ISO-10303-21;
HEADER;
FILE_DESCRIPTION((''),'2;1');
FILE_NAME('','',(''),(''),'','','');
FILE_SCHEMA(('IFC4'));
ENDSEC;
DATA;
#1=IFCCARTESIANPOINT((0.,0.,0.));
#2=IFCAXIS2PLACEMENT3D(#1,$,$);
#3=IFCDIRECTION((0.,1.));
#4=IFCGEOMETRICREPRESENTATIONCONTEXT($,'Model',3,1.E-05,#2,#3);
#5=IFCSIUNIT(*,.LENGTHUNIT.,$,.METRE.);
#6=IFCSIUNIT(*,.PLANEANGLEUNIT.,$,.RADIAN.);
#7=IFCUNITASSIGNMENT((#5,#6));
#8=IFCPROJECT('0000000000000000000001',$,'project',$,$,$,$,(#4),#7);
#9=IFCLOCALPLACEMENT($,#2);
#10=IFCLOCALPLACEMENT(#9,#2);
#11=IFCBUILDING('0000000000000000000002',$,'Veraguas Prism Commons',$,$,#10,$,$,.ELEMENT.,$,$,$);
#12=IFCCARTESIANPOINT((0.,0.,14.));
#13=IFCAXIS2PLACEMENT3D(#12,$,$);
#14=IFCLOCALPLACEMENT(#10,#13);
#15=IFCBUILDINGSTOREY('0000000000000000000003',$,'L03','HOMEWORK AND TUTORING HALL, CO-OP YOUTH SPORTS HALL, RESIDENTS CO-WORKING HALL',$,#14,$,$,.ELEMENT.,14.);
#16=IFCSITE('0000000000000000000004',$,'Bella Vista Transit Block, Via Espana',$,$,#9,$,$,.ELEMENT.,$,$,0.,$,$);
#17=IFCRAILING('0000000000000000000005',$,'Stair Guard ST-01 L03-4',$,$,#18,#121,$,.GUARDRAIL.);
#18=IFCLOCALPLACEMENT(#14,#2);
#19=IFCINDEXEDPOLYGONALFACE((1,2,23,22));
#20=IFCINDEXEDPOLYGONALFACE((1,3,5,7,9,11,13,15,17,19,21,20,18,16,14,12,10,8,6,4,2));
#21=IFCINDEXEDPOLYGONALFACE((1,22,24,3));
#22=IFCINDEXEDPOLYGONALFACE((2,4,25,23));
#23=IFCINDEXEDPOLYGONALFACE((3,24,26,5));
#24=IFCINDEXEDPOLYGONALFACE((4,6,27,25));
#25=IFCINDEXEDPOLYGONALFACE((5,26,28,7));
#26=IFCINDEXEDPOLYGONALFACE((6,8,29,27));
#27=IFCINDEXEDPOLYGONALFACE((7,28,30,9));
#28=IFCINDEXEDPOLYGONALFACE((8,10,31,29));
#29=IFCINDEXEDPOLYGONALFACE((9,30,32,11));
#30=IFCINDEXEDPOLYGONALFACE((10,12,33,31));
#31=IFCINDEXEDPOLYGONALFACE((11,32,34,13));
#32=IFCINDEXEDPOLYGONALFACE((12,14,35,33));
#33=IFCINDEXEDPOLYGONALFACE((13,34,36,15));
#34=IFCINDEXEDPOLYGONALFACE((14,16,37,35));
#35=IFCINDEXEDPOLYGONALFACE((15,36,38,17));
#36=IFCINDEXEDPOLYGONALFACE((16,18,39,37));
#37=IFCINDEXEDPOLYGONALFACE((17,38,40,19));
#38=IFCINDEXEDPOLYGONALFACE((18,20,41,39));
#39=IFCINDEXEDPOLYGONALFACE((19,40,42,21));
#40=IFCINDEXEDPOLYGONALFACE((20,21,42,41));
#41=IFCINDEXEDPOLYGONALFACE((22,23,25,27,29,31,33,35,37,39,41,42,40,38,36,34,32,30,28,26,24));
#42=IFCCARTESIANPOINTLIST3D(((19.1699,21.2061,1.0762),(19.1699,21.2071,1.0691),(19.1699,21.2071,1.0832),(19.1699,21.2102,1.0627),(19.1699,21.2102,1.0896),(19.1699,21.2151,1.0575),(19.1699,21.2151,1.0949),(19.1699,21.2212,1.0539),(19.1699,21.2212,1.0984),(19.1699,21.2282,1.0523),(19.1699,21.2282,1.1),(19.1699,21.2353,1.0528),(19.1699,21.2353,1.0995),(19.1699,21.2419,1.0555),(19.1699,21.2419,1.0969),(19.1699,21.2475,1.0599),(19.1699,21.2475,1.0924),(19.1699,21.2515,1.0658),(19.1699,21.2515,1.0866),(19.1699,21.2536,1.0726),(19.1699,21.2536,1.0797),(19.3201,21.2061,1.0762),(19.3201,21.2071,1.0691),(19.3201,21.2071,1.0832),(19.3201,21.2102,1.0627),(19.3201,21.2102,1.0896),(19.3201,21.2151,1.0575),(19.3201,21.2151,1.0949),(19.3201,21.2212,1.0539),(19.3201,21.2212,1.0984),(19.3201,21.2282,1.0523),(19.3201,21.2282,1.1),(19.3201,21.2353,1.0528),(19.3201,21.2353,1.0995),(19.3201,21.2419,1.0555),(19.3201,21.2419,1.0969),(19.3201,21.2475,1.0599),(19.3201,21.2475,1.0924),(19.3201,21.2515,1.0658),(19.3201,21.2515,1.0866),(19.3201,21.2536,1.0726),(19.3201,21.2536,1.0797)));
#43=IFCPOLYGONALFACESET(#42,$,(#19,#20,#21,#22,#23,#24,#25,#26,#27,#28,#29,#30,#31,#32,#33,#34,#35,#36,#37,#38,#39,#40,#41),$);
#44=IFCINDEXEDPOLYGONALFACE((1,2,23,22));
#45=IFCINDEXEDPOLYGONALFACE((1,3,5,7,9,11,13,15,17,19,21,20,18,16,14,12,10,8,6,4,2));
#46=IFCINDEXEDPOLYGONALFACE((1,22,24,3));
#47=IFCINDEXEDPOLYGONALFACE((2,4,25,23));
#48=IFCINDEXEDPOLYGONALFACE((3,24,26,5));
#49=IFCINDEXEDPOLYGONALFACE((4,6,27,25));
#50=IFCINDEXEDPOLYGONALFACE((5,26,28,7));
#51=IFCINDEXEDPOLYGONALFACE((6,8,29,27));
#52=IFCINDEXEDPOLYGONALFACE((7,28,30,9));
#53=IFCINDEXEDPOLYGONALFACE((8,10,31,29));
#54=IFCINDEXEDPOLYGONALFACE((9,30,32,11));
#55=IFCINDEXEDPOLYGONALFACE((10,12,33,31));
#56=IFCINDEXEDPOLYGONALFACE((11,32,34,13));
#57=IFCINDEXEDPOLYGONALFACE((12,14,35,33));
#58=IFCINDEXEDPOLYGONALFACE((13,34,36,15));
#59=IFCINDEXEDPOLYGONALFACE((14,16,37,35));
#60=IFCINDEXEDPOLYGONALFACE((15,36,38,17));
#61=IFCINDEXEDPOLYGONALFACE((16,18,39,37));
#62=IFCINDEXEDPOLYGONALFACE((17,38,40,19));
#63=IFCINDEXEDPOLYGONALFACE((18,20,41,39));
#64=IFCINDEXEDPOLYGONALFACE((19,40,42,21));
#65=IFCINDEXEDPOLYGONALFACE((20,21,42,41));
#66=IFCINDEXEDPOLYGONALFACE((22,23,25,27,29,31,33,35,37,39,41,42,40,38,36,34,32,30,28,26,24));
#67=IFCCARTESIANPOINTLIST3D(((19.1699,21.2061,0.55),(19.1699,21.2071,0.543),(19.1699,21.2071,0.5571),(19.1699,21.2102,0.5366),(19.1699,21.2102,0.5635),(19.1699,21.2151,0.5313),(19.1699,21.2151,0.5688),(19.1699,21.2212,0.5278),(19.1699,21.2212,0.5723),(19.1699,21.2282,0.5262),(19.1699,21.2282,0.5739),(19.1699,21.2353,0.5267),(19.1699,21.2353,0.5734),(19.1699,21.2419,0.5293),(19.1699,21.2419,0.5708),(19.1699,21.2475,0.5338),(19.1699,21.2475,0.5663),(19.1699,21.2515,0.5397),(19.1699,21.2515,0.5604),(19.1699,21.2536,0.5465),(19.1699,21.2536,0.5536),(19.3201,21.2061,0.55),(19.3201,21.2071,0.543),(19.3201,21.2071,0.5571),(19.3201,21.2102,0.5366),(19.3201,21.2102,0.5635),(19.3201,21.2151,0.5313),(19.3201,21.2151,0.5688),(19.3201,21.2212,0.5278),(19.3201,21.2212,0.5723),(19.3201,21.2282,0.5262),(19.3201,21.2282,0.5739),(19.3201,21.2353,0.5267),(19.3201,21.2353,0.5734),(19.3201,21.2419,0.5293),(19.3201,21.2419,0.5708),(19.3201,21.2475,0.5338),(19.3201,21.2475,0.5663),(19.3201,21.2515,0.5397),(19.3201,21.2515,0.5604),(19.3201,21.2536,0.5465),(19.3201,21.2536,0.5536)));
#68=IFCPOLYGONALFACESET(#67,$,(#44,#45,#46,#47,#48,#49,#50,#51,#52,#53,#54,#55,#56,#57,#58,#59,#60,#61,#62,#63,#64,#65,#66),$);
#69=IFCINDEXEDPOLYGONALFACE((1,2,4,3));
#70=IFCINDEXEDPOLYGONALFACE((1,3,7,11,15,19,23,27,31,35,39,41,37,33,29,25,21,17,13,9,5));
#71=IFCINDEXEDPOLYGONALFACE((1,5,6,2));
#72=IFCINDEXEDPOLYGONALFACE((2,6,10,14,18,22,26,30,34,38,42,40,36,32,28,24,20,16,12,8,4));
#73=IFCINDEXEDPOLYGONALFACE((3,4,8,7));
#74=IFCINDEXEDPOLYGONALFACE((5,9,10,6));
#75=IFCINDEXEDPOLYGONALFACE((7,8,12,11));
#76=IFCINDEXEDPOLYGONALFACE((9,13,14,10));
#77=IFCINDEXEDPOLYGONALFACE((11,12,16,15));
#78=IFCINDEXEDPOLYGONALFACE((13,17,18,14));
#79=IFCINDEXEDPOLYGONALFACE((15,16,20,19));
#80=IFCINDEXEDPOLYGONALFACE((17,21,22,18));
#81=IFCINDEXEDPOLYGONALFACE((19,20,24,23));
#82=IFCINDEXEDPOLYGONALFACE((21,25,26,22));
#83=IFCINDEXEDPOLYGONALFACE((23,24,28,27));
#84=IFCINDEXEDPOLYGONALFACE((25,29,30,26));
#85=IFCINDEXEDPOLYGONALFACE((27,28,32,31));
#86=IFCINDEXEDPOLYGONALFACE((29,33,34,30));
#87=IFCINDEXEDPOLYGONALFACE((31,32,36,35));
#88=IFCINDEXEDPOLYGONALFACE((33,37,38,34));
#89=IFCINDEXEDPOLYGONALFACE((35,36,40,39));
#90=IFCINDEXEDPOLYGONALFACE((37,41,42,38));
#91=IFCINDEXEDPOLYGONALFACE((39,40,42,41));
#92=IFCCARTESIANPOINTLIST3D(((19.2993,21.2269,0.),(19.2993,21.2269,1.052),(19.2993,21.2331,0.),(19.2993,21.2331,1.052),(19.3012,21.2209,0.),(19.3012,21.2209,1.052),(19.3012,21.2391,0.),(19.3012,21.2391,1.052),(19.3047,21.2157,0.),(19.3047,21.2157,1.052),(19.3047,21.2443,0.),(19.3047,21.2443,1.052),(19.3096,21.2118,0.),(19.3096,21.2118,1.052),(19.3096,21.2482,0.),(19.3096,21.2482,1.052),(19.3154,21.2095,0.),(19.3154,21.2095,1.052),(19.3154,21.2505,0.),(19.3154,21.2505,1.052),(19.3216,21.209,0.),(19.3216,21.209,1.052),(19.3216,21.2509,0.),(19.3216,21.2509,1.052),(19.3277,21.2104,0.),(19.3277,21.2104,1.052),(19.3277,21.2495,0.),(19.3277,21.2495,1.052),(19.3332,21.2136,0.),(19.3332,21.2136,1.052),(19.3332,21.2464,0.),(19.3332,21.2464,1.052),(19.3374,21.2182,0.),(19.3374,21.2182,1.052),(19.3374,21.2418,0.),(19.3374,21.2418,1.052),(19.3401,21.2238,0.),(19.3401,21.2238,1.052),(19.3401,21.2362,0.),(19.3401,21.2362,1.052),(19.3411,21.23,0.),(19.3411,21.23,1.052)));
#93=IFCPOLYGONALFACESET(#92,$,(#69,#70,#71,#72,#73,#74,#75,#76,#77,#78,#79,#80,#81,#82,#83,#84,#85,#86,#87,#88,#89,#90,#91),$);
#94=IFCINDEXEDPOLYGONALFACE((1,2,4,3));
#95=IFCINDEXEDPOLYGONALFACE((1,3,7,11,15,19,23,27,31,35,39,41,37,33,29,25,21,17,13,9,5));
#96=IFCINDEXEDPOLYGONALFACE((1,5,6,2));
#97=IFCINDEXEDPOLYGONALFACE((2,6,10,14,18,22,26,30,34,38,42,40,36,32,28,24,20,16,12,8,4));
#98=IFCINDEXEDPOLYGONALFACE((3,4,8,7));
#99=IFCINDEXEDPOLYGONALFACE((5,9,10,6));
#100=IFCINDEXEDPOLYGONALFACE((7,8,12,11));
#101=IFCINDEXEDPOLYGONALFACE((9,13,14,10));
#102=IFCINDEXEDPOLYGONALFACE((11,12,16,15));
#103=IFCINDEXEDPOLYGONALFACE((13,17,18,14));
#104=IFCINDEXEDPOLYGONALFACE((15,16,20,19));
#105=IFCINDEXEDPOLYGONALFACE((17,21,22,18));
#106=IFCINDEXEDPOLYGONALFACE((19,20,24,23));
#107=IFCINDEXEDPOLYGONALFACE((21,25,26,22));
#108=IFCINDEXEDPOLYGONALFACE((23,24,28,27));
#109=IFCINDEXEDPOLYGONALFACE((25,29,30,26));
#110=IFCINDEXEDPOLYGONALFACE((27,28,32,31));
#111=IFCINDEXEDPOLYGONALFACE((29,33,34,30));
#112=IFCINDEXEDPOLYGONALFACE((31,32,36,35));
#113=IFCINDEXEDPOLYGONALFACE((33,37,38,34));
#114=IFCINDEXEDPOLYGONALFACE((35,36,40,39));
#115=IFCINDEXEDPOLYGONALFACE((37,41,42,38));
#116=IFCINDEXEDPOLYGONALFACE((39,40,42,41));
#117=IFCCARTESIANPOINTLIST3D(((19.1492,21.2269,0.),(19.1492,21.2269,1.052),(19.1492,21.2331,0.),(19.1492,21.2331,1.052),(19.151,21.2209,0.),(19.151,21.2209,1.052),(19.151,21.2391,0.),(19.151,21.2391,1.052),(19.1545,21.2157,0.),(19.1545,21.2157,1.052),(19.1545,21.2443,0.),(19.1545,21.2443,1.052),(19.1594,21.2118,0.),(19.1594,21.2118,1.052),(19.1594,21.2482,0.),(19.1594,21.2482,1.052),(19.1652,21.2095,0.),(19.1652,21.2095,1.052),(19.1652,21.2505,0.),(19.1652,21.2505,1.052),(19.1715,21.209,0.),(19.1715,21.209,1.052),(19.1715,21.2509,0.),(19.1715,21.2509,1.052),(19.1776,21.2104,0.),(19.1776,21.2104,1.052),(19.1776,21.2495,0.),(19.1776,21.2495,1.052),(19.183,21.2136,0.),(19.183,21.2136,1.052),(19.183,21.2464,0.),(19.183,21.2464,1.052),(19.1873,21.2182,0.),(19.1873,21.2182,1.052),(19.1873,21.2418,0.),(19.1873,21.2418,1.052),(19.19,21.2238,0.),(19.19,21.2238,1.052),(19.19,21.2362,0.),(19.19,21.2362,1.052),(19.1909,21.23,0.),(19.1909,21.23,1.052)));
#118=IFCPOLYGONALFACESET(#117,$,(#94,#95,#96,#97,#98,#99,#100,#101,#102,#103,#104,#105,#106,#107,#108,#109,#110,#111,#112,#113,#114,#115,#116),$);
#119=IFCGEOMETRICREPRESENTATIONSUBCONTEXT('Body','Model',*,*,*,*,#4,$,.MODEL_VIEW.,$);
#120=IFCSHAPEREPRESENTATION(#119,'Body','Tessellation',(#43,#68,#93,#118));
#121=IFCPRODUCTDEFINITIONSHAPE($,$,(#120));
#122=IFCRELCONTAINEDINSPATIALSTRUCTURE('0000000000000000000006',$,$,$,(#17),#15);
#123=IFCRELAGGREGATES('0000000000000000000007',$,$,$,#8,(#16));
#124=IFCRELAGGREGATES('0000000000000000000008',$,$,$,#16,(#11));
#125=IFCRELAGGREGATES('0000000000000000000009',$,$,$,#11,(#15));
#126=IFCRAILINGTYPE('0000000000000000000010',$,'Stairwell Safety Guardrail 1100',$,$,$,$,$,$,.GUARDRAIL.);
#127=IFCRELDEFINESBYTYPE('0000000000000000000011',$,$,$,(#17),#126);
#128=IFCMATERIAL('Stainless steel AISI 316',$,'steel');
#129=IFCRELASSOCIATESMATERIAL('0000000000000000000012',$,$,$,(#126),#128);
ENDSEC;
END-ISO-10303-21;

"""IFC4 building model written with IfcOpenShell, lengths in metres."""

from ifc_helpers import new_model, si_unit, direction, frame, origin, origin_2d, place, context, subcontext, project, spatial, circle, extrude, material, type_object, element, save


model = new_model("IFC4")

# Units and contexts
model_context = context("Model", 3, precision=1e-05, world=origin(), true_north=direction((0.0, 1.0)))
body_context = subcontext(model_context, "Body", "Model", "MODEL_VIEW")
ifc_project = project(units=[si_unit("LENGTHUNIT", "METRE"), si_unit("PLANEANGLEUNIT", "RADIAN")], contexts=[model_context])

# Site, building, storey
site_placement = place(None, origin())
site = spatial("IfcSite", under=ifc_project, at=site_placement, Name="Bella Vista Transit Block, Via Espana", CompositionType="ELEMENT", RefElevation=0.0)
building_placement = place(site_placement, origin())
building = spatial("IfcBuilding", under=site, at=building_placement, Name="Veraguas Prism Commons", CompositionType="ELEMENT")
storey_placement = place(building_placement, frame((0.0, 0.0, 14.0)))
storey = spatial("IfcBuildingStorey", under=building, at=storey_placement, Name="L03", Description="HOMEWORK AND TUTORING HALL, CO-OP YOUTH SPORTS HALL, RESIDENTS CO-WORKING HALL", CompositionType="ELEMENT", Elevation=14.0)

# Shared definitions
ifc_material_1 = material(Name="Stainless steel AISI 316", Category="steel")

# Railing
railing_type_1 = type_object("IfcRailingType", Name="Stairwell Safety Guardrail 1100", PredefinedType="GUARDRAIL", material=ifc_material_1)
railing_1_placement = place(storey_placement, frame((19.3201, 21.23, 0.0)))
element("IfcRailing", 1, at=railing_1_placement, inside=storey, type_object=railing_type_1, Name="Stair Guard ST-01 L03-4", PredefinedType="GUARDRAIL", context=body_context, shape_type="SweptSolid", body=[
    extrude(circle(Radius=0.0239, at=origin_2d()), frame((0.0, 0.0, 1.0762), z_axis=(-1.0, 0.0, 0.0), x_axis=(0.0, -1.0, 0.0)), (0.0, 0.0, 1.0), 0.1501),
    extrude(circle(Radius=0.0239, at=origin_2d()), frame((0.0, 0.0, 0.55), z_axis=(-1.0, 0.0, 0.0), x_axis=(0.0, -1.0, 0.0)), (0.0, 0.0, 1.0), 0.1501),
    extrude(circle(Radius=0.021, at=origin_2d()), origin(), (0.0, 0.0, 1.0), 1.052),
    extrude(circle(Radius=0.021, at=origin_2d()), frame((-0.1501, 0.0, 0.0)), (0.0, 0.0, 1.0), 1.052),
])

save(model, "model.ifc")
